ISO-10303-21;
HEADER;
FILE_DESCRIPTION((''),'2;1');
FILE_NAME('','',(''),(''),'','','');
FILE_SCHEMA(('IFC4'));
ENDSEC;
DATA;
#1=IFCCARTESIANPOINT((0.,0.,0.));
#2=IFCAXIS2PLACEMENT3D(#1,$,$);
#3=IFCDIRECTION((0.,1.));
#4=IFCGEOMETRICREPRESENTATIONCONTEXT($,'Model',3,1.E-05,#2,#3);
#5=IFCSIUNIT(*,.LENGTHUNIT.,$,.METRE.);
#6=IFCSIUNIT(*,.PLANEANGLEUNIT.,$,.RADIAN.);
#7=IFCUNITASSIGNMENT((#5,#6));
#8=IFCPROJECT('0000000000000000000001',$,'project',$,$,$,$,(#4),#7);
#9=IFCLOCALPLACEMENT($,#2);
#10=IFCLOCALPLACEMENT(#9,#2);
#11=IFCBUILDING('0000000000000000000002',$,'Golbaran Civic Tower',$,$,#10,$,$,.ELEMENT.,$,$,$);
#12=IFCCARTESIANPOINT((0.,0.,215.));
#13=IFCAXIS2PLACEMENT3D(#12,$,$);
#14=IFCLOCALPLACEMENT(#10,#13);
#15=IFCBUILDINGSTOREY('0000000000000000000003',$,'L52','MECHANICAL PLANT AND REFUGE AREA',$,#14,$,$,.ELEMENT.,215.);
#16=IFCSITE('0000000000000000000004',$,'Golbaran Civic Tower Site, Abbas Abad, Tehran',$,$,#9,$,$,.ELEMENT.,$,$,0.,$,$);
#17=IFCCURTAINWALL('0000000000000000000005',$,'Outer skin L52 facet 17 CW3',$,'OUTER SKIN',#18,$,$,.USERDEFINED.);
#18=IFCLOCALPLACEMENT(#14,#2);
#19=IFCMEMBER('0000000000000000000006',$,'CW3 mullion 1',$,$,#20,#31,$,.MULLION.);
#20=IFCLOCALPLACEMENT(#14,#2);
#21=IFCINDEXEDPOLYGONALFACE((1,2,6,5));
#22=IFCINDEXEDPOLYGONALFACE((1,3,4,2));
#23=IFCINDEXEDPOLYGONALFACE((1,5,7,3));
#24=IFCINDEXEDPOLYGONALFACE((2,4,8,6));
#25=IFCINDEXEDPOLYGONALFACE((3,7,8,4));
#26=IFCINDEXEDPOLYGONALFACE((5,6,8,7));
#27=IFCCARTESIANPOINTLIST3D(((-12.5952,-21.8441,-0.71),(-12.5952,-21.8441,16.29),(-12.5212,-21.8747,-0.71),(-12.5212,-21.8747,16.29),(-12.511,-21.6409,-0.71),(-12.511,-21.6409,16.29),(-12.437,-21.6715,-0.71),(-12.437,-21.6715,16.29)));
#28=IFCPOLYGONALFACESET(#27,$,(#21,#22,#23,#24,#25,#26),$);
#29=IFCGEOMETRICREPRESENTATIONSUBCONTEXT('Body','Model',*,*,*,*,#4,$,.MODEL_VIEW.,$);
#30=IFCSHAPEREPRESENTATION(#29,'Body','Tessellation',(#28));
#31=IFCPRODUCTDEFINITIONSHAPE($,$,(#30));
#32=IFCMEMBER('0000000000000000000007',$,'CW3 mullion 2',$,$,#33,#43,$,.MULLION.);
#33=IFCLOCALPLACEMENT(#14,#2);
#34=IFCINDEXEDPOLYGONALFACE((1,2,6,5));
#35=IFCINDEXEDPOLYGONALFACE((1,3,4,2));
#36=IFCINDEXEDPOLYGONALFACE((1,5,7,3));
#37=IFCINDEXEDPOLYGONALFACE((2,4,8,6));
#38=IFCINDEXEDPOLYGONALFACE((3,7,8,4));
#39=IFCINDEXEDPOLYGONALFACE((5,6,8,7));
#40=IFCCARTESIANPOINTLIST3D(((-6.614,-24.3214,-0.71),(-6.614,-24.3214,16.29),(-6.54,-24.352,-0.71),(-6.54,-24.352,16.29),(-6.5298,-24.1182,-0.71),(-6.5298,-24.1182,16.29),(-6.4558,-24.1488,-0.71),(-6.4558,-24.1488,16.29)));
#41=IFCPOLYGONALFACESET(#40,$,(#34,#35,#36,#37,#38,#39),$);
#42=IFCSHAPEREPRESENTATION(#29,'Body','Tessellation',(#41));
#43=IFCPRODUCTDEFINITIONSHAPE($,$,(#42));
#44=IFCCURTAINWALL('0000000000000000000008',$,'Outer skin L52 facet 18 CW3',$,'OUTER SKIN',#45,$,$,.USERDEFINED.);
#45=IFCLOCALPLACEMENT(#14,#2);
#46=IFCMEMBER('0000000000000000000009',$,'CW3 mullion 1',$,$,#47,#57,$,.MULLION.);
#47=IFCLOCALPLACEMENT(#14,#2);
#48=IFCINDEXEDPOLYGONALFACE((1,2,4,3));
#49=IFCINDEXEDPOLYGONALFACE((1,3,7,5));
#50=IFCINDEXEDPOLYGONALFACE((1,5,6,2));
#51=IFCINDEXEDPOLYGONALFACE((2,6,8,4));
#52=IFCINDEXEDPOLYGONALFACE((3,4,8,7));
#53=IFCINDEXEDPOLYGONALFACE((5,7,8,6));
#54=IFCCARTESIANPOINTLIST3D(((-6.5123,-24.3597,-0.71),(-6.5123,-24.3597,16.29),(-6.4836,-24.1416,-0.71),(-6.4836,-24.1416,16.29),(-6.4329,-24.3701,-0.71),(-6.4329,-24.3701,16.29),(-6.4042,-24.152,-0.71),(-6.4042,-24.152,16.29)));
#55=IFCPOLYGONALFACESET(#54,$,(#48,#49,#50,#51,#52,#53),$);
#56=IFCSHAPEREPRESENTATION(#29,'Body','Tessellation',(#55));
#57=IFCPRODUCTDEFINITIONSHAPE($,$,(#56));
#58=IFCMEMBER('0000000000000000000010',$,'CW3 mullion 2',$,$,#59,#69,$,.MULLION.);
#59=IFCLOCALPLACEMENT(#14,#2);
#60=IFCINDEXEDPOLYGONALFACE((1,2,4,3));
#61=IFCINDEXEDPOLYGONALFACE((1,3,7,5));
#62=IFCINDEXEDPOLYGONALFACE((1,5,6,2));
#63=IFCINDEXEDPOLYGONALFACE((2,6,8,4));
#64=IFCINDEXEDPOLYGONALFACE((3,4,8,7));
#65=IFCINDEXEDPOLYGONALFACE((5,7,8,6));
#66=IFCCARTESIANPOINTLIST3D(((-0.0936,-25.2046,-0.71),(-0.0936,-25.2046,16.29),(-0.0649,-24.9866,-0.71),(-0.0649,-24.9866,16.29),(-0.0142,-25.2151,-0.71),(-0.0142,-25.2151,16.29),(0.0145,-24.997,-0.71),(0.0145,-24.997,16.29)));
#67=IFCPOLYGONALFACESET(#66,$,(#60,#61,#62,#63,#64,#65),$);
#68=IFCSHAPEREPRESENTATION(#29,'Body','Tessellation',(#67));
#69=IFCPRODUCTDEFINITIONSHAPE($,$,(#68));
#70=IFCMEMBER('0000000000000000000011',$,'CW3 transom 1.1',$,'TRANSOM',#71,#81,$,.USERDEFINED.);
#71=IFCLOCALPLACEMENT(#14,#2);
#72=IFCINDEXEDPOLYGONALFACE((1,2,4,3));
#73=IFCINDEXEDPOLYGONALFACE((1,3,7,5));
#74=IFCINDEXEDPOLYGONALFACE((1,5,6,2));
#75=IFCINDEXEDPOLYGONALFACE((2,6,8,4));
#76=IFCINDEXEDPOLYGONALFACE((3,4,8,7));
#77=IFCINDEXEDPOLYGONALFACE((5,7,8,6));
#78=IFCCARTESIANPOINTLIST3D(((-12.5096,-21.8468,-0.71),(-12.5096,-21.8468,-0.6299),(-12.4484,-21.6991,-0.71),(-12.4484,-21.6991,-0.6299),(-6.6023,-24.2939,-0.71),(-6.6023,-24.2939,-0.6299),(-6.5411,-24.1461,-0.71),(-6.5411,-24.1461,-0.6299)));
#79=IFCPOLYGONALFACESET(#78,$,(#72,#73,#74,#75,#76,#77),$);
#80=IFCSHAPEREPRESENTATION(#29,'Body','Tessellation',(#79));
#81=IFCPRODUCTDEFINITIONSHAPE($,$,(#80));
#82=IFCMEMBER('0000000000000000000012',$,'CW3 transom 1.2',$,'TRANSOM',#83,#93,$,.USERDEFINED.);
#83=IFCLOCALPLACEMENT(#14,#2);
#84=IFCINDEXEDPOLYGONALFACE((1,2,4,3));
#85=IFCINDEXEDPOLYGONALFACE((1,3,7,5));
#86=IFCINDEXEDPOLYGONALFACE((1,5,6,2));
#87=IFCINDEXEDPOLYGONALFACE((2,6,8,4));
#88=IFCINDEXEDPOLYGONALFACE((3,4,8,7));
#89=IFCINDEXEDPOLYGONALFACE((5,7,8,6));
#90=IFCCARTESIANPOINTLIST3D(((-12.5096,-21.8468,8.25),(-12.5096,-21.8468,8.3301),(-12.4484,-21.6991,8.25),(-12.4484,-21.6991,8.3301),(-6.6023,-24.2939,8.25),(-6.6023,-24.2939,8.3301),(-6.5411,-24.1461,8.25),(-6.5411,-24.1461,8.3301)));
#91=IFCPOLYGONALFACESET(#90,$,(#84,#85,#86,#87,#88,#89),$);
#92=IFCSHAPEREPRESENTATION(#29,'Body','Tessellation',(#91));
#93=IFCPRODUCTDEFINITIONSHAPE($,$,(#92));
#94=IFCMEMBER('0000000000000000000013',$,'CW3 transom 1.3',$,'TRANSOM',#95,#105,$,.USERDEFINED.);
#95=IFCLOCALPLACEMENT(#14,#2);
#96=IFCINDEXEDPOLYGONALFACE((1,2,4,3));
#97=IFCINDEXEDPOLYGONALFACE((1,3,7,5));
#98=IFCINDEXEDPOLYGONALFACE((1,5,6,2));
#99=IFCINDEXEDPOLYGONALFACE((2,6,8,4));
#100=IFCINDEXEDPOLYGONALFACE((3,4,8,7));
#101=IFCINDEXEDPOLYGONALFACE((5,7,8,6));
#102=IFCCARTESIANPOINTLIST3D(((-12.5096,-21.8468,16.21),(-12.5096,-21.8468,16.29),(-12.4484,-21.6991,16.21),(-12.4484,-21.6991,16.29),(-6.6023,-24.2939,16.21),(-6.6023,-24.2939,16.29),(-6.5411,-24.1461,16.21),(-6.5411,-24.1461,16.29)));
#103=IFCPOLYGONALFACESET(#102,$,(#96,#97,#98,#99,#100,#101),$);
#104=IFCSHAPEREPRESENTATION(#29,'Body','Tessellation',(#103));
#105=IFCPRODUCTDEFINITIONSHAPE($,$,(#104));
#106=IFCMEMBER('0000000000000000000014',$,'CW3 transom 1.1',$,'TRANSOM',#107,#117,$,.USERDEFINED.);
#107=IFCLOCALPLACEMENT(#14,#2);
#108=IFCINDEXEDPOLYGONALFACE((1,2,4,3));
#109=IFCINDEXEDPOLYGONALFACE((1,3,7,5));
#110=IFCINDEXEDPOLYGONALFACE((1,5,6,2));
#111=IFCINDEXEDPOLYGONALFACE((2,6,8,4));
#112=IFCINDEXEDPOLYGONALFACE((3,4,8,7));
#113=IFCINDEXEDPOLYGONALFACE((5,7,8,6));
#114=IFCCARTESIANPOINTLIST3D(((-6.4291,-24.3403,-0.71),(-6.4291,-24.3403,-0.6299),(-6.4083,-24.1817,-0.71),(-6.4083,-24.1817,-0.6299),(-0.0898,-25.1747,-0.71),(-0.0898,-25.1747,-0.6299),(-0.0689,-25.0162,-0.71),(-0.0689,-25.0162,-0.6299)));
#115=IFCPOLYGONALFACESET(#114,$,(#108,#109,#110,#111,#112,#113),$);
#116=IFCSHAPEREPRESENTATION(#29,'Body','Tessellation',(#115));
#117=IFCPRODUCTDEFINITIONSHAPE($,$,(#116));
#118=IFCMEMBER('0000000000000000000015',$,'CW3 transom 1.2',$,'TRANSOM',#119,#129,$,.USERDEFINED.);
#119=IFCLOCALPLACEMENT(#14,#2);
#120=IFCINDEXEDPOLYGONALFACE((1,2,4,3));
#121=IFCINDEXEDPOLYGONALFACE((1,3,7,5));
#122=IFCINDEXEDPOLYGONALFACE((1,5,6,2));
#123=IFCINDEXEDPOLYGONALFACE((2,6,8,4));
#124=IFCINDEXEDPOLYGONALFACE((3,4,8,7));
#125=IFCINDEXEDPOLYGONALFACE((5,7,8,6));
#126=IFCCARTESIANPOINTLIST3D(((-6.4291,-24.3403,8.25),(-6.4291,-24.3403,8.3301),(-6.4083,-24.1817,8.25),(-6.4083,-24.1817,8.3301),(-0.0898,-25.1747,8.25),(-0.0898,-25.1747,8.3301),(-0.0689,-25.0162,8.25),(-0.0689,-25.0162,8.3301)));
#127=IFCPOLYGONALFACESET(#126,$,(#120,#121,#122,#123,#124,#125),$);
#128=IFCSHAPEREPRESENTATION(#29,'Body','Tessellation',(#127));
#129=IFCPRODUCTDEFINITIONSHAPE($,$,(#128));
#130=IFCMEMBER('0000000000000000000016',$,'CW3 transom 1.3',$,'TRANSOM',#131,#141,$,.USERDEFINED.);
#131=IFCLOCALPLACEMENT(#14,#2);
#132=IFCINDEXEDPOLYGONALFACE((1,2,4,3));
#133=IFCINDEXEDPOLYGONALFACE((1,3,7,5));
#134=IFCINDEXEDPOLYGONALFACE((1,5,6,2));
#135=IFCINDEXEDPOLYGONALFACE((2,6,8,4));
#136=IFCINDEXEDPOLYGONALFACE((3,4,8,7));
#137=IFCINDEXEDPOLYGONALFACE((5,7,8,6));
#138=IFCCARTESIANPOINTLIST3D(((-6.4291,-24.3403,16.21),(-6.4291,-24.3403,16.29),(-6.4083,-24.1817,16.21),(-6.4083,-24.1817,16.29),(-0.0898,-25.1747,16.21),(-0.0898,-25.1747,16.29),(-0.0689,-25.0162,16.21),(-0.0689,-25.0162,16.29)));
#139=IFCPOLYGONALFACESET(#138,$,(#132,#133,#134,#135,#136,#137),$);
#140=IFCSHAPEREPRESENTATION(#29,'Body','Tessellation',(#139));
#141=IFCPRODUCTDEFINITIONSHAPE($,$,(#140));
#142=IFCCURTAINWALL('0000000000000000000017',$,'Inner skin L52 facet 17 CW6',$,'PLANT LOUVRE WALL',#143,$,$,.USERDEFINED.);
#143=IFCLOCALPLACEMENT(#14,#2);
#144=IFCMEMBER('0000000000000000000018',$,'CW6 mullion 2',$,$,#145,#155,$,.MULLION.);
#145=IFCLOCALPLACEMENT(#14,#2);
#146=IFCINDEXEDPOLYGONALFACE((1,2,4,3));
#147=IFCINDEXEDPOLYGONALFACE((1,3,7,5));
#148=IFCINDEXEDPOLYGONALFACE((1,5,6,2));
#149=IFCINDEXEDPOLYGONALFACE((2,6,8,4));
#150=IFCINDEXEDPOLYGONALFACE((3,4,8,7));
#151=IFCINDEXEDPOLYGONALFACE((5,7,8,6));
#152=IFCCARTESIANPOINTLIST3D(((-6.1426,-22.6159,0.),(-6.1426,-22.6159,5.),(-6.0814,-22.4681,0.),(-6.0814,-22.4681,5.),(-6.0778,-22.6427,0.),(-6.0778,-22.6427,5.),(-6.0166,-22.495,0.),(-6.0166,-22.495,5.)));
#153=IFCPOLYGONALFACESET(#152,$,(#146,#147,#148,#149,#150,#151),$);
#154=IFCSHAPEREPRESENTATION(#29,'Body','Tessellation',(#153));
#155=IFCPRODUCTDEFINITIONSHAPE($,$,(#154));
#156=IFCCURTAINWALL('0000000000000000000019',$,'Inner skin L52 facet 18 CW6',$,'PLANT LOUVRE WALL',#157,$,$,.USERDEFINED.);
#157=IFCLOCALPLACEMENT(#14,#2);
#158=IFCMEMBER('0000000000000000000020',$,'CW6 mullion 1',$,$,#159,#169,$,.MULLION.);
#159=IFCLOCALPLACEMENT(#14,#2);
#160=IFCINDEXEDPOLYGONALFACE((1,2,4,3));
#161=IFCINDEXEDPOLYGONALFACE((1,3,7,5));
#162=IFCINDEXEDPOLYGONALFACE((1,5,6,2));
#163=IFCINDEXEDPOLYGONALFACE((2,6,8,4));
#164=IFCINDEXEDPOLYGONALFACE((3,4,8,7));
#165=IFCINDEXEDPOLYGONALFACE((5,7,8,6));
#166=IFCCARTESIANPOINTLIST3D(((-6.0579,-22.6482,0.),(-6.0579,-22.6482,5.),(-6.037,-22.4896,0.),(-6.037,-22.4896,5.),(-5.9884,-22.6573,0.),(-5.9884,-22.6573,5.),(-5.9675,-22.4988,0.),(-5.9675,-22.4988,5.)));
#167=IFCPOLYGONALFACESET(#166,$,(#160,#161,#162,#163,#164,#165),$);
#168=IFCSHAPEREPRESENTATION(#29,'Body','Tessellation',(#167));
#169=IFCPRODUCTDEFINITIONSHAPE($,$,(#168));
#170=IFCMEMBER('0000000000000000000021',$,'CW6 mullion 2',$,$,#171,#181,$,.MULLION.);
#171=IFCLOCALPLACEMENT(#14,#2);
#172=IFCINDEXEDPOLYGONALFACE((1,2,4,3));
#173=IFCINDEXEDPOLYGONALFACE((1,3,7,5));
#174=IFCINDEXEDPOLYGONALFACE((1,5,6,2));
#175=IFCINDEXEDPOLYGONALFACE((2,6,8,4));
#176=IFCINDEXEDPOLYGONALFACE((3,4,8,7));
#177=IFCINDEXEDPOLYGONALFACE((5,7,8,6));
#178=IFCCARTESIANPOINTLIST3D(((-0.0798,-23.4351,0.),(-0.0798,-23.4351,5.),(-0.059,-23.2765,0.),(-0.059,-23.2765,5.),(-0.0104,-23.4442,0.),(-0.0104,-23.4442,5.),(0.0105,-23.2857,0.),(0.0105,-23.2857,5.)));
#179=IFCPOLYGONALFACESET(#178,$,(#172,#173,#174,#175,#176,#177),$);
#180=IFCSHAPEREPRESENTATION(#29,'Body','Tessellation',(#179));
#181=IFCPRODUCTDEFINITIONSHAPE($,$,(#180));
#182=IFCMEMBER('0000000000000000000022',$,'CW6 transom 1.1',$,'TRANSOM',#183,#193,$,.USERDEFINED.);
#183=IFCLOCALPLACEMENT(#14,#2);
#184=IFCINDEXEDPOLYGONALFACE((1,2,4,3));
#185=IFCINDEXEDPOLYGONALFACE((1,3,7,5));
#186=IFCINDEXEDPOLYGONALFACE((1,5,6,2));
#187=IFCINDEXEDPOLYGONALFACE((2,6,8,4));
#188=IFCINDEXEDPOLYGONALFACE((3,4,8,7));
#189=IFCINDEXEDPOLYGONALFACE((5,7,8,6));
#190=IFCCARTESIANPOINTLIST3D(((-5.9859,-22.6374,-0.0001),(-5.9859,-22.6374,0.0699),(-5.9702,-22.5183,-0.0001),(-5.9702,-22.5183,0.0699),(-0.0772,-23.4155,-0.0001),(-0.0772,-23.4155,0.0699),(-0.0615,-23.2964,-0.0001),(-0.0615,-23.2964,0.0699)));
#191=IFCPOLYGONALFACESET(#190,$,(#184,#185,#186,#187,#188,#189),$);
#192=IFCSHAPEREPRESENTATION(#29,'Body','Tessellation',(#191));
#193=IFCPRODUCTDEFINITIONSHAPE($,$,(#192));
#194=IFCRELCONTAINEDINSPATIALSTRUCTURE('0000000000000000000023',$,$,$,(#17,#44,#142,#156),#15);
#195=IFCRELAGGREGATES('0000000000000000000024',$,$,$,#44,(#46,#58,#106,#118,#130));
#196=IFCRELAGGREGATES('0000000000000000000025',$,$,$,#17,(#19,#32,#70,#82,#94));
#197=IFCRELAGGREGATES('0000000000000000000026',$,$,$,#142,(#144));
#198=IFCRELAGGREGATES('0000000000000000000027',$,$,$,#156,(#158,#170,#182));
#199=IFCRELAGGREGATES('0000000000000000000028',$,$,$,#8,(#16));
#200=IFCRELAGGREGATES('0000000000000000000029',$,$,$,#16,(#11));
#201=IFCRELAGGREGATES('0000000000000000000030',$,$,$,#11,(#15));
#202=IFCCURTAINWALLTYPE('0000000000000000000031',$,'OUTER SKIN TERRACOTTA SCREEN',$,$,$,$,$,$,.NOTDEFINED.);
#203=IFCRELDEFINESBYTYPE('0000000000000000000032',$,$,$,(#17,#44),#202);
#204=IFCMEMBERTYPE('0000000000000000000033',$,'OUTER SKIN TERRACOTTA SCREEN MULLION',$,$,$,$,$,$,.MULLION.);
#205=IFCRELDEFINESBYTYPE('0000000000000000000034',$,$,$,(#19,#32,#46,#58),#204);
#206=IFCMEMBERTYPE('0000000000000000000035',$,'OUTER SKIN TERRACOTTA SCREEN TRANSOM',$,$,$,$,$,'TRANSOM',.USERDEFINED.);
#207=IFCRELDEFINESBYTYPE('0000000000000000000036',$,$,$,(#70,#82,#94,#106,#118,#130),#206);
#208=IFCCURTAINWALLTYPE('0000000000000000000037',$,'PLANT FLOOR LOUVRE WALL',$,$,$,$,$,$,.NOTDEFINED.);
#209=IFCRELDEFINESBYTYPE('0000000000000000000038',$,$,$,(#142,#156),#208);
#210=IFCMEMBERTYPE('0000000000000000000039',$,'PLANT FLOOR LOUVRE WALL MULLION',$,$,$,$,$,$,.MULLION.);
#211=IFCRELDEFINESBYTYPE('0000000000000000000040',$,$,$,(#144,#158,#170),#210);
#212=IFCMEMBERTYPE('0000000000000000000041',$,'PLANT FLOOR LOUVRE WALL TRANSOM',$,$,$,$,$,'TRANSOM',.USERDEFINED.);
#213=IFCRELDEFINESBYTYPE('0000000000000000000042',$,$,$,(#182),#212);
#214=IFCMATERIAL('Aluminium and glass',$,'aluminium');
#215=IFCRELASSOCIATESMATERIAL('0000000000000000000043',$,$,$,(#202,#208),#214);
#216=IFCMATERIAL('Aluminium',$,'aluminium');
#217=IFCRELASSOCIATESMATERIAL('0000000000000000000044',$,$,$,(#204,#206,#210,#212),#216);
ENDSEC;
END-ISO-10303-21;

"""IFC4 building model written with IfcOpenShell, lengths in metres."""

from ifc_helpers import new_model, si_unit, direction, frame, origin, origin_2d, place, context, subcontext, project, spatial, rectangle, extrude, material, material_profile, profile_set, type_object, element, aggregate, save


model = new_model("IFC4")

# Units and contexts
model_context = context("Model", 3, precision=1e-05, world=origin(), true_north=direction((0.0, 1.0)))
body_context = subcontext(model_context, "Body", "Model", "MODEL_VIEW")
ifc_project = project(units=[si_unit("LENGTHUNIT", "METRE"), si_unit("PLANEANGLEUNIT", "RADIAN")], contexts=[model_context])

# Site, building, storey
site_placement = place(None, origin())
site = spatial("IfcSite", under=ifc_project, at=site_placement, Name="Golbaran Civic Tower Site, Abbas Abad, Tehran", CompositionType="ELEMENT", RefElevation=0.0)
building_placement = place(site_placement, origin())
building = spatial("IfcBuilding", under=site, at=building_placement, Name="Golbaran Civic Tower", CompositionType="ELEMENT")
storey_placement = place(building_placement, frame((0.0, 0.0, 215.0)))
storey = spatial("IfcBuildingStorey", under=building, at=storey_placement, Name="L52", Description="MECHANICAL PLANT AND REFUGE AREA", CompositionType="ELEMENT", Elevation=215.0)

# Shared definitions
ifc_material_1 = material(Name="Aluminium and glass", Category="aluminium")
curtain_wall_type_1 = type_object("IfcCurtainWallType", Name="OUTER SKIN TERRACOTTA SCREEN", PredefinedType="NOTDEFINED", material=ifc_material_1)
ifc_material_2 = material(Name="Aluminium", Category="aluminium")
ifc_material_profile_1 = material_profile(ifc_material_2, rectangle(XDim=0.22, YDim=0.0801, at=origin_2d()), Name="OUTER SKIN TERRACOTTA SCREEN MULLION")
ifc_profile_set_1 = profile_set([ifc_material_profile_1], Name="Aluminium")
member_type_1 = type_object("IfcMemberType", Name="OUTER SKIN TERRACOTTA SCREEN MULLION", PredefinedType="MULLION", material=ifc_profile_set_1)

# Curtain walls, members
curtain_wall_1_placement = place(storey_placement, origin())
curtain_wall_1 = element("IfcCurtainWall", 1, at=curtain_wall_1_placement, inside=storey, type_object=curtain_wall_type_1, Name="Outer skin L52 facet 17 CW3", ObjectType="OUTER SKIN", PredefinedType="USERDEFINED")
member_1_placement = place(storey_placement, frame((-12.5161, -21.7578, -0.71), z_axis=(0.0, 0.0, 1.0), x_axis=(0.382683, 0.92388, 0.0)))
member_1 = element("IfcMember", 2, at=member_1_placement, type_object=member_type_1, Name="CW3 mullion 1", PredefinedType="MULLION", context=body_context, shape_type="SweptSolid", body=[
    extrude(rectangle(XDim=0.22, YDim=0.0801, at=origin_2d()), origin(), (0.0, 0.0, 1.0), 17.0),
])
member_2_placement = place(storey_placement, frame((-6.5349, -24.2351, -0.71), z_axis=(0.0, 0.0, 1.0), x_axis=(0.382683, 0.92388, 0.0)))
member_2 = element("IfcMember", 3, at=member_2_placement, type_object=member_type_1, Name="CW3 mullion 2", PredefinedType="MULLION", context=body_context, shape_type="SweptSolid", body=[
    extrude(rectangle(XDim=0.22, YDim=0.0801, at=origin_2d()), origin(), (0.0, 0.0, 1.0), 17.0),
])
curtain_wall_2_placement = place(storey_placement, origin())
curtain_wall_2 = element("IfcCurtainWall", 4, at=curtain_wall_2_placement, inside=storey, type_object=curtain_wall_type_1, Name="Outer skin L52 facet 18 CW3", ObjectType="OUTER SKIN", PredefinedType="USERDEFINED")
member_3_placement = place(storey_placement, frame((-6.4583, -24.2559, -0.71), z_axis=(0.0, 0.0, 1.0), x_axis=(0.130526, 0.991445, 0.0)))
member_3 = element("IfcMember", 5, at=member_3_placement, type_object=member_type_1, Name="CW3 mullion 1", PredefinedType="MULLION", context=body_context, shape_type="SweptSolid", body=[
    extrude(rectangle(XDim=0.22, YDim=0.0801, at=origin_2d()), origin(), (0.0, 0.0, 1.0), 17.0),
])
member_4_placement = place(storey_placement, frame((-0.0396, -25.1008, -0.71), z_axis=(0.0, 0.0, 1.0), x_axis=(0.130526, 0.991445, 0.0)))
member_4 = element("IfcMember", 6, at=member_4_placement, type_object=member_type_1, Name="CW3 mullion 2", PredefinedType="MULLION", context=body_context, shape_type="SweptSolid", body=[
    extrude(rectangle(XDim=0.22, YDim=0.0801, at=origin_2d()), origin(), (0.0, 0.0, 1.0), 17.0),
])

# Members
ifc_material_profile_2 = material_profile(ifc_material_2, rectangle(XDim=0.1599, YDim=0.0801, at=origin_2d()), Name="OUTER SKIN TERRACOTTA SCREEN TRANSOM")
ifc_profile_set_2 = profile_set([ifc_material_profile_2], Name="Aluminium")
member_type_2 = type_object("IfcMemberType", Name="OUTER SKIN TERRACOTTA SCREEN TRANSOM", ElementType="TRANSOM", PredefinedType="USERDEFINED", material=ifc_profile_set_2)
member_5_placement = place(storey_placement, frame((-12.479, -21.7729, -0.6699), z_axis=(0.92387, -0.382706, 0.0), x_axis=(0.382706, 0.92387, 0.0)))
member_5 = element("IfcMember", 7, at=member_5_placement, type_object=member_type_2, Name="CW3 transom 1.1", ObjectType="TRANSOM", PredefinedType="USERDEFINED", context=body_context, shape_type="SweptSolid", body=[
    extrude(rectangle(XDim=0.1599, YDim=0.0801, at=origin_2d()), origin(), (0.0, 0.0, 1.0), 6.394),
])
member_6_placement = place(storey_placement, frame((-12.479, -21.7729, 8.29), z_axis=(0.92387, -0.382706, 0.0), x_axis=(0.382706, 0.92387, 0.0)))
member_6 = element("IfcMember", 8, at=member_6_placement, type_object=member_type_2, Name="CW3 transom 1.2", ObjectType="TRANSOM", PredefinedType="USERDEFINED", context=body_context, shape_type="SweptSolid", body=[
    extrude(rectangle(XDim=0.1599, YDim=0.0801, at=origin_2d()), origin(), (0.0, 0.0, 1.0), 6.394),
])
member_7_placement = place(storey_placement, frame((-12.479, -21.7729, 16.25), z_axis=(0.92387, -0.382706, 0.0), x_axis=(0.382706, 0.92387, 0.0)))
member_7 = element("IfcMember", 9, at=member_7_placement, type_object=member_type_2, Name="CW3 transom 1.3", ObjectType="TRANSOM", PredefinedType="USERDEFINED", context=body_context, shape_type="SweptSolid", body=[
    extrude(rectangle(XDim=0.1599, YDim=0.0801, at=origin_2d()), origin(), (0.0, 0.0, 1.0), 6.394),
])
member_8_placement = place(storey_placement, frame((-6.4187, -24.261, -0.6699), z_axis=(0.991447, -0.130508, 0.0), x_axis=(0.130508, 0.991447, 0.0)))
member_8 = element("IfcMember", 10, at=member_8_placement, type_object=member_type_2, Name="CW3 transom 1.1", ObjectType="TRANSOM", PredefinedType="USERDEFINED", context=body_context, shape_type="SweptSolid", body=[
    extrude(rectangle(XDim=0.1599, YDim=0.0801, at=origin_2d()), origin(), (0.0, 0.0, 1.0), 6.394),
])
member_9_placement = place(storey_placement, frame((-6.4187, -24.261, 8.29), z_axis=(0.991447, -0.130508, 0.0), x_axis=(0.130508, 0.991447, 0.0)))
member_9 = element("IfcMember", 11, at=member_9_placement, type_object=member_type_2, Name="CW3 transom 1.2", ObjectType="TRANSOM", PredefinedType="USERDEFINED", context=body_context, shape_type="SweptSolid", body=[
    extrude(rectangle(XDim=0.1599, YDim=0.0801, at=origin_2d()), origin(), (0.0, 0.0, 1.0), 6.394),
])
member_10_placement = place(storey_placement, frame((-6.4187, -24.261, 16.25), z_axis=(0.991447, -0.130508, 0.0), x_axis=(0.130508, 0.991447, 0.0)))
member_10 = element("IfcMember", 12, at=member_10_placement, type_object=member_type_2, Name="CW3 transom 1.3", ObjectType="TRANSOM", PredefinedType="USERDEFINED", context=body_context, shape_type="SweptSolid", body=[
    extrude(rectangle(XDim=0.1599, YDim=0.0801, at=origin_2d()), origin(), (0.0, 0.0, 1.0), 6.394),
])

# Curtain wall, member
curtain_wall_type_2 = type_object("IfcCurtainWallType", Name="PLANT FLOOR LOUVRE WALL", PredefinedType="NOTDEFINED", material=ifc_material_1)
curtain_wall_3_placement = place(storey_placement, origin())
curtain_wall_3 = element("IfcCurtainWall", 13, at=curtain_wall_3_placement, inside=storey, type_object=curtain_wall_type_2, Name="Inner skin L52 facet 17 CW6", ObjectType="PLANT LOUVRE WALL", PredefinedType="USERDEFINED")
ifc_material_profile_3 = material_profile(ifc_material_2, rectangle(XDim=0.1599, YDim=0.0701, at=origin_2d()), Name="PLANT FLOOR LOUVRE WALL MULLION")
ifc_profile_set_3 = profile_set([ifc_material_profile_3], Name="Aluminium")
member_type_3 = type_object("IfcMemberType", Name="PLANT FLOOR LOUVRE WALL MULLION", PredefinedType="MULLION", material=ifc_profile_set_3)
member_11_placement = place(storey_placement, frame((-6.0796, -22.5554, 0.0), z_axis=(0.0, 0.0, 1.0), x_axis=(0.382683, 0.92388, 0.0)))
member_11 = element("IfcMember", 14, at=member_11_placement, type_object=member_type_3, Name="CW6 mullion 2", PredefinedType="MULLION", context=body_context, shape_type="SweptSolid", body=[
    extrude(rectangle(XDim=0.1599, YDim=0.0701, at=origin_2d()), origin(), (0.0, 0.0, 1.0), 5.0),
])

# Curtain wall, members
curtain_wall_4_placement = place(storey_placement, origin())
curtain_wall_4 = element("IfcCurtainWall", 15, at=curtain_wall_4_placement, inside=storey, type_object=curtain_wall_type_2, Name="Inner skin L52 facet 18 CW6", ObjectType="PLANT LOUVRE WALL", PredefinedType="USERDEFINED")
member_12_placement = place(storey_placement, frame((-6.0127, -22.5735, 0.0), z_axis=(0.0, 0.0, 1.0), x_axis=(0.130526, 0.991445, 0.0)))
member_12 = element("IfcMember", 16, at=member_12_placement, type_object=member_type_3, Name="CW6 mullion 1", PredefinedType="MULLION", context=body_context, shape_type="SweptSolid", body=[
    extrude(rectangle(XDim=0.1599, YDim=0.0701, at=origin_2d()), origin(), (0.0, 0.0, 1.0), 5.0),
])
member_13_placement = place(storey_placement, frame((-0.0347, -23.3604, 0.0), z_axis=(0.0, 0.0, 1.0), x_axis=(0.130526, 0.991445, 0.0)))
member_13 = element("IfcMember", 17, at=member_13_placement, type_object=member_type_3, Name="CW6 mullion 2", PredefinedType="MULLION", context=body_context, shape_type="SweptSolid", body=[
    extrude(rectangle(XDim=0.1599, YDim=0.0701, at=origin_2d()), origin(), (0.0, 0.0, 1.0), 5.0),
])
ifc_material_profile_4 = material_profile(ifc_material_2, rectangle(XDim=0.1201, YDim=0.0701, at=origin_2d()), Name="PLANT FLOOR LOUVRE WALL TRANSOM")
ifc_profile_set_4 = profile_set([ifc_material_profile_4], Name="Aluminium")
member_type_4 = type_object("IfcMemberType", Name="PLANT FLOOR LOUVRE WALL TRANSOM", ElementType="TRANSOM", PredefinedType="USERDEFINED", material=ifc_profile_set_4)
member_14_placement = place(storey_placement, frame((-5.978, -22.5779, 0.0349), z_axis=(0.991441, -0.130556, 0.0), x_axis=(0.130556, 0.991441, 0.0)))
member_14 = element("IfcMember", 18, at=member_14_placement, type_object=member_type_4, Name="CW6 transom 1.1", ObjectType="TRANSOM", PredefinedType="USERDEFINED", context=body_context, shape_type="SweptSolid", body=[
    extrude(rectangle(XDim=0.1201, YDim=0.0701, at=origin_2d()), origin(), (0.0, 0.0, 1.0), 5.9597),
])

aggregate(curtain_wall_2, [member_3, member_4, member_8, member_9, member_10])
aggregate(curtain_wall_1, [member_1, member_2, member_5, member_6, member_7])
aggregate(curtain_wall_3, [member_11])
aggregate(curtain_wall_4, [member_12, member_13, member_14])

save(model, "model.ifc")
